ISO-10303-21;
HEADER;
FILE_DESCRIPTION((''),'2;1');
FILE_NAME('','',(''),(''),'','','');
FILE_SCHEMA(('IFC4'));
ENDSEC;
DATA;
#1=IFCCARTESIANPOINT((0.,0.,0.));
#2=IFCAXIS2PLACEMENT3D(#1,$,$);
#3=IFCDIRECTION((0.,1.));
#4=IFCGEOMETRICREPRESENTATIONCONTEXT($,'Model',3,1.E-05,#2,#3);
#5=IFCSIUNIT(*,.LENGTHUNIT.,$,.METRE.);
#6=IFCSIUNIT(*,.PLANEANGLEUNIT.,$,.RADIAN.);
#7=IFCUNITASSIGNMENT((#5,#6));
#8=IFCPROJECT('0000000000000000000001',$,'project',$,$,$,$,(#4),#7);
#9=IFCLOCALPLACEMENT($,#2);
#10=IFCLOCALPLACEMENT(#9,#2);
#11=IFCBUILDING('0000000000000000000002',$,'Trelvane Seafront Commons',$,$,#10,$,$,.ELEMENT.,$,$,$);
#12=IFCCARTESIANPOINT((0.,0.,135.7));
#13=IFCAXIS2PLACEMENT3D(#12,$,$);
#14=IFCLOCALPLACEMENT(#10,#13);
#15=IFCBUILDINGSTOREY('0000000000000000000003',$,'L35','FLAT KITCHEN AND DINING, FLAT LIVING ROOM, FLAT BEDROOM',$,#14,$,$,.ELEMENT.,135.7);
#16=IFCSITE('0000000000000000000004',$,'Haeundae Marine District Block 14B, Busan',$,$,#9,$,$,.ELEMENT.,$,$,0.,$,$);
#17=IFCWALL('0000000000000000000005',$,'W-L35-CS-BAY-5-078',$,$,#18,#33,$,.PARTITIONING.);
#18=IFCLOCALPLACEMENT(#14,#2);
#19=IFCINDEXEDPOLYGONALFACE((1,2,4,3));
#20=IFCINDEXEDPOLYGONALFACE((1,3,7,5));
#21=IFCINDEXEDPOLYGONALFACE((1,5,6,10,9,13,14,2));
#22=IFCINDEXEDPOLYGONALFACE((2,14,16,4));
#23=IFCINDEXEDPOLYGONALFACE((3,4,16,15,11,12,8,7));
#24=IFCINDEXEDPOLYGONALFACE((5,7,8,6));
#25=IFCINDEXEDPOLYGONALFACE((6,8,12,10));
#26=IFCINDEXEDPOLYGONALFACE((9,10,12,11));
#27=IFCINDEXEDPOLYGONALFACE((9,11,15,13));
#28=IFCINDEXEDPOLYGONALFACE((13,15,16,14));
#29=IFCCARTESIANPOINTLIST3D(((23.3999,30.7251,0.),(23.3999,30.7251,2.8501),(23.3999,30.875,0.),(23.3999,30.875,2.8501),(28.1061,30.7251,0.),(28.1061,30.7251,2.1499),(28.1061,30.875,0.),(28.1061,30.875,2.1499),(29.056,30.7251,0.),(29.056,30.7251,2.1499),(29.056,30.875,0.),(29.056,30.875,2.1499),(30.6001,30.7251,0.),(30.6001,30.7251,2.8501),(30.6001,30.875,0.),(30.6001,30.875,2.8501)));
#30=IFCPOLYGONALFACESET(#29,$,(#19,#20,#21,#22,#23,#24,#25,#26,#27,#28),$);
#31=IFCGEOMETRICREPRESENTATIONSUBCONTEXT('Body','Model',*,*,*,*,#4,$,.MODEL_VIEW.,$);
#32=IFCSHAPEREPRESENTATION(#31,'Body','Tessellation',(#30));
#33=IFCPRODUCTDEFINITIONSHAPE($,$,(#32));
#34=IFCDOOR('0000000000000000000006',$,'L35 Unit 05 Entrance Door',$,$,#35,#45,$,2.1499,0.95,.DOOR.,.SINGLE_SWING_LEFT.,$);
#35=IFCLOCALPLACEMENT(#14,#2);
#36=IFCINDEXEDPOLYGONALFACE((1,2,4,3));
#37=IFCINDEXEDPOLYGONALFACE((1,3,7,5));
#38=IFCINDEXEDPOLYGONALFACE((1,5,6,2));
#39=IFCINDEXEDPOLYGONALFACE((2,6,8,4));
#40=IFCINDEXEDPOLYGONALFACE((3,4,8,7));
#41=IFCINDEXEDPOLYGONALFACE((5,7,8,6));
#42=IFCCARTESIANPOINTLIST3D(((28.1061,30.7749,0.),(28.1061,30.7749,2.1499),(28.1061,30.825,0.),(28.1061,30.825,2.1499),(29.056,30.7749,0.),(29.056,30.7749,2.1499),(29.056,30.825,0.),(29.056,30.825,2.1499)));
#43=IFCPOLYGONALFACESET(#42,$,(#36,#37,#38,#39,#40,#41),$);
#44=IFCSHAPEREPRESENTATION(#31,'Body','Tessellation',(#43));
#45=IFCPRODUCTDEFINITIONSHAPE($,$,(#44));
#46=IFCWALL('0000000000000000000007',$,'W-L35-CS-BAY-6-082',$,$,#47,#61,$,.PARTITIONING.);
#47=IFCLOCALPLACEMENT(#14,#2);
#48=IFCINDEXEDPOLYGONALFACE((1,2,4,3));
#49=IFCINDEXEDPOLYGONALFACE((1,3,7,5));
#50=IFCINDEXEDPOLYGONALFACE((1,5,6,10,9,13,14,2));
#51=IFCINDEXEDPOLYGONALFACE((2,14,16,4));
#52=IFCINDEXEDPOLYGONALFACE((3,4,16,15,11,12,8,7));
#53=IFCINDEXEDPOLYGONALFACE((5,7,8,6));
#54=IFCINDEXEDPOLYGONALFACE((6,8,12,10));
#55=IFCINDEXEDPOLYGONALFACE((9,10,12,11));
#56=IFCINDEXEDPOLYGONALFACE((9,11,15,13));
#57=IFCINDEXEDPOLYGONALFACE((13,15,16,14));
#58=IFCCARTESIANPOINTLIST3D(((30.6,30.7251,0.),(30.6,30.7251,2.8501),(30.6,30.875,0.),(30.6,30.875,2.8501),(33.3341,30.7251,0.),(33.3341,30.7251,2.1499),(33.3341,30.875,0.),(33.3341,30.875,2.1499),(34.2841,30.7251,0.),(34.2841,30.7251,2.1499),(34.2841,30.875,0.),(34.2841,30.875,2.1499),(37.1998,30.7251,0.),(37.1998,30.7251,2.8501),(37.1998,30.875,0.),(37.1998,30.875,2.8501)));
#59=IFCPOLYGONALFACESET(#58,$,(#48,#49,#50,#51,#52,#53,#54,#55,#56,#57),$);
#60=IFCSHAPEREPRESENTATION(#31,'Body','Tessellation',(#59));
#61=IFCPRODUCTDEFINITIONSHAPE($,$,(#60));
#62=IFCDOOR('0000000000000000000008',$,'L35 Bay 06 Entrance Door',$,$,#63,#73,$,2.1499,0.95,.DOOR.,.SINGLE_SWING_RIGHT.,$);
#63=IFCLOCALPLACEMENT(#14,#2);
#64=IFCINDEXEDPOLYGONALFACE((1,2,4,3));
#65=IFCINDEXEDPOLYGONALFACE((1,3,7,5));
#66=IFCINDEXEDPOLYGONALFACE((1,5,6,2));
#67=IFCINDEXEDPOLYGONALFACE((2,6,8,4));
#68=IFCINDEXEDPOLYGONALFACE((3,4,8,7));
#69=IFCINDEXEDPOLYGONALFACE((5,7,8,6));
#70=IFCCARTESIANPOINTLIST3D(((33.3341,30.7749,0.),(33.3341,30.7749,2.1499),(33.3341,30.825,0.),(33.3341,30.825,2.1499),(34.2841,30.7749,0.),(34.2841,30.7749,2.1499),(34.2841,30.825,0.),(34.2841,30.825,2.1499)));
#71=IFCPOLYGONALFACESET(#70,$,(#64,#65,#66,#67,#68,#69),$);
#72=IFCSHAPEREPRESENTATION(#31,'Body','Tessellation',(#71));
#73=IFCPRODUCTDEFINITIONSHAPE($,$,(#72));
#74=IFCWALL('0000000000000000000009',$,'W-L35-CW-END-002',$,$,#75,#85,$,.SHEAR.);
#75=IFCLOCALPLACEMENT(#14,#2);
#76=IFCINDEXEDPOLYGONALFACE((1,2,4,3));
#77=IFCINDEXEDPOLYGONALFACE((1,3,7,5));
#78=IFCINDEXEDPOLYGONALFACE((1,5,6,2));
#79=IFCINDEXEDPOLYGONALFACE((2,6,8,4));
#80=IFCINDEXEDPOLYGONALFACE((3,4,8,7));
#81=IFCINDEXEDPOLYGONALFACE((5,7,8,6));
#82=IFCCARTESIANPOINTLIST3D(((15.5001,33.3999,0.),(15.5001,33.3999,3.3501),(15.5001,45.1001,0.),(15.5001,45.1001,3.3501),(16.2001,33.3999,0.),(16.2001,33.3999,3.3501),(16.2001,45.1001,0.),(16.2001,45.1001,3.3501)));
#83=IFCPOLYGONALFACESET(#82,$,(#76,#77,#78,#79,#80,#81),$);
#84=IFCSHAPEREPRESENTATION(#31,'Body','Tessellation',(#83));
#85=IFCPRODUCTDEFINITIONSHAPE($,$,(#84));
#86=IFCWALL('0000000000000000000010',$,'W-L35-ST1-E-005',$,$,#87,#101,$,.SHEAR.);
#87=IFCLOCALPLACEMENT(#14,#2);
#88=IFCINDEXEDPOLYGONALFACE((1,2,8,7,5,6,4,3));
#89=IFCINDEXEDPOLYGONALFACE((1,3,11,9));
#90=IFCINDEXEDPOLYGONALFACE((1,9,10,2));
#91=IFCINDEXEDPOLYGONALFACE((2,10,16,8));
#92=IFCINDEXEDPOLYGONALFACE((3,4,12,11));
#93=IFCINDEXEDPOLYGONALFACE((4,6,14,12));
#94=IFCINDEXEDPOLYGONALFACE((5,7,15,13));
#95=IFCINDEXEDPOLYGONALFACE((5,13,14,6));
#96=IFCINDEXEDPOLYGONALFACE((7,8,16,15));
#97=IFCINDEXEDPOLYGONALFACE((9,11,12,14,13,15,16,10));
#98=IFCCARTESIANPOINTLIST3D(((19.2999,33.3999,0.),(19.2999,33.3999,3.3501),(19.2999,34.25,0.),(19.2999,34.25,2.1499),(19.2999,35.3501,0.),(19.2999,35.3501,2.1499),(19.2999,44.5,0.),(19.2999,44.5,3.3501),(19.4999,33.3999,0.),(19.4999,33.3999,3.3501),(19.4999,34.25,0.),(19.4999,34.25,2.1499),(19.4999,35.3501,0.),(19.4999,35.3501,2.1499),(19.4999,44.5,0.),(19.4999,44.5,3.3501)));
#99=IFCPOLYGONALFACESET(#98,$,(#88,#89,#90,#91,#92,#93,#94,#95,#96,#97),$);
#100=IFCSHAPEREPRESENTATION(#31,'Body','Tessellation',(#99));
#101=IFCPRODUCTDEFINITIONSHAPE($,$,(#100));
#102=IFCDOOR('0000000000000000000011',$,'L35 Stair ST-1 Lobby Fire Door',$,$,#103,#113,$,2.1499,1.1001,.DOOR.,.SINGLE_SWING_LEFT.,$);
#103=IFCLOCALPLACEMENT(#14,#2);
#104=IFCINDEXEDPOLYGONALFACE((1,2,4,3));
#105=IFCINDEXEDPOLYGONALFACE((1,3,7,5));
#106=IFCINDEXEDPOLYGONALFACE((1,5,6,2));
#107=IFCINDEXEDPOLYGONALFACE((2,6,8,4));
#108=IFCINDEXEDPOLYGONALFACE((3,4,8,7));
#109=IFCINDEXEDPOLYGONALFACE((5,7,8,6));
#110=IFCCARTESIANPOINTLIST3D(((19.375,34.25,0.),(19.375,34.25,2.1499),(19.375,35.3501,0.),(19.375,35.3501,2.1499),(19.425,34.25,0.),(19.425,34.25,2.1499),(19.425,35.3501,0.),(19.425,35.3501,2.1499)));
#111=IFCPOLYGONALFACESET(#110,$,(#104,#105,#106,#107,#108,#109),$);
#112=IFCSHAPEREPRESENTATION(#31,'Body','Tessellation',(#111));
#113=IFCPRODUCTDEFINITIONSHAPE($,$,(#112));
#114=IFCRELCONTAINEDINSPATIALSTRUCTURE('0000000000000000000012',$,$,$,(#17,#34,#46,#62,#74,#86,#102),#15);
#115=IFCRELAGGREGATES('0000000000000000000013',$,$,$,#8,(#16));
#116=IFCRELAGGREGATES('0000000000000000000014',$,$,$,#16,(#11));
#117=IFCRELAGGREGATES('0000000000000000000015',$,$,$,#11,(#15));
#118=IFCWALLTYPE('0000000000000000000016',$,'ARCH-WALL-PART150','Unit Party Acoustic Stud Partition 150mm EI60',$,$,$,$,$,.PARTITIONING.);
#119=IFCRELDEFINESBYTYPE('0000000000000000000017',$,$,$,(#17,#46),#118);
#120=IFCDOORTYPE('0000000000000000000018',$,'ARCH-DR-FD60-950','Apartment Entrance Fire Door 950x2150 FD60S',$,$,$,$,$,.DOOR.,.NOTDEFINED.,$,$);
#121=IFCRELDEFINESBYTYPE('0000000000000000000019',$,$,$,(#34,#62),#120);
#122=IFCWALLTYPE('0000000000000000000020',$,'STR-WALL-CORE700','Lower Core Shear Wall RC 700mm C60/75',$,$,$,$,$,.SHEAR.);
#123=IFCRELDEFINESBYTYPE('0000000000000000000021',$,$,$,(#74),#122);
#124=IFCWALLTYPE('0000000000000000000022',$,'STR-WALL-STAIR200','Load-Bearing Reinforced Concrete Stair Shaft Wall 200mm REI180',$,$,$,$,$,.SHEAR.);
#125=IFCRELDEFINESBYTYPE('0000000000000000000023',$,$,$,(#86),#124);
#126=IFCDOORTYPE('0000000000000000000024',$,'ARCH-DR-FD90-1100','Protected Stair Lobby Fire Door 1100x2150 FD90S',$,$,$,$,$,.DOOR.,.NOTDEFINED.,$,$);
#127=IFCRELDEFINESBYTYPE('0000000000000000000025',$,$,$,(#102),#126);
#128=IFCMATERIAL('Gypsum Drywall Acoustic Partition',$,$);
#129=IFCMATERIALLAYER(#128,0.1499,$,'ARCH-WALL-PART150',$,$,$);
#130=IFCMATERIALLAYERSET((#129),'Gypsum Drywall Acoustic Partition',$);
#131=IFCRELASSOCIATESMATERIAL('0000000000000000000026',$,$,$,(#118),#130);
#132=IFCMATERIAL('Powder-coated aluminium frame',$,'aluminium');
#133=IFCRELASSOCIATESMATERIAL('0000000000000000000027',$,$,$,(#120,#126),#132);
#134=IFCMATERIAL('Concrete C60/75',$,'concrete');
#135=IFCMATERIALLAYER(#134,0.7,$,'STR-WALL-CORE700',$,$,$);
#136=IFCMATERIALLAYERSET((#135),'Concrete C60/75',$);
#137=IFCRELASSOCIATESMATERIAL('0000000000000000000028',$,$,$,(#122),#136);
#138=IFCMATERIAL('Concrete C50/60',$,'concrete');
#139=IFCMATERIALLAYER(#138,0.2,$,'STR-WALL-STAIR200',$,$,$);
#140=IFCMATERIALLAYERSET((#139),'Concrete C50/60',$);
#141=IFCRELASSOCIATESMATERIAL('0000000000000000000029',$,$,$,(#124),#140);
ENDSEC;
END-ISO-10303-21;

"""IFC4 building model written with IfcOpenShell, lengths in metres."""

from ifc_helpers import new_model, si_unit, direction, frame, frame_2d, origin, place, context, subcontext, project, spatial, rectangle, extrude, source, transform, mapped, material, layer, layer_set, type_object, element, fill, save


model = new_model("IFC4")

# Units and contexts
model_context = context("Model", 3, precision=1e-05, world=origin(), true_north=direction((0.0, 1.0)))
body_context = subcontext(model_context, "Body", "Model", "MODEL_VIEW")
ifc_project = project(units=[si_unit("LENGTHUNIT", "METRE"), si_unit("PLANEANGLEUNIT", "RADIAN")], contexts=[model_context])

# Site, building, storey
site_placement = place(None, origin())
site = spatial("IfcSite", under=ifc_project, at=site_placement, Name="Haeundae Marine District Block 14B, Busan", CompositionType="ELEMENT", RefElevation=0.0)
building_placement = place(site_placement, origin())
building = spatial("IfcBuilding", under=site, at=building_placement, Name="Trelvane Seafront Commons", CompositionType="ELEMENT")
storey_placement = place(building_placement, frame((0.0, 0.0, 135.7)))
storey = spatial("IfcBuildingStorey", under=building, at=storey_placement, Name="L35", Description="FLAT KITCHEN AND DINING, FLAT LIVING ROOM, FLAT BEDROOM", CompositionType="ELEMENT", Elevation=135.7)

# Shared definitions
ifc_material_1 = material(Name="Concrete C50/60", Category="concrete")

# Shared definitions
ifc_material_2 = material(Name="Powder-coated aluminium frame", Category="aluminium")
ifc_material_3 = material(Name="Gypsum Drywall Acoustic Partition")
shared_shape_1 = source(origin(), body_context, "Body", "SweptSolid", [
    extrude(rectangle(XDim=0.95, YDim=2.1499, at=frame_2d((0.4751, 1.075))), frame((0.0, 0.0249, 0.0), z_axis=(0.0, -1.0, 0.0), x_axis=(1.0, 0.0, 0.0)), (0.0, 0.0, 1.0), 0.05),
])

# Walls, openings, doors
ifc_layer_1 = layer(ifc_material_3, 0.1499, Name="ARCH-WALL-PART150")
ifc_layer_set_1 = layer_set([ifc_layer_1], Name="Gypsum Drywall Acoustic Partition")
wall_type_1 = type_object("IfcWallType", Name="ARCH-WALL-PART150", Description="Unit Party Acoustic Stud Partition 150mm EI60", PredefinedType="PARTITIONING", material=ifc_layer_set_1)
door_type_1 = type_object("IfcDoorType", Name="ARCH-DR-FD60-950", Description="Apartment Entrance Fire Door 950x2150 FD60S", OperationType="NOTDEFINED", PredefinedType="DOOR", material=ifc_material_2)
wall_1_placement = place(storey_placement, frame((23.3999, 30.8, 0.0), z_axis=(0.0, 0.0, 1.0), x_axis=(1.0, 0.0, 0.0)))
wall_1 = element("IfcWall", 1, at=wall_1_placement, inside=storey, type_object=wall_type_1, Name="W-L35-CS-BAY-5-078", PredefinedType="PARTITIONING", context=body_context, shape_type="SweptSolid", body=[
    extrude(rectangle(XDim=7.2002, YDim=0.1499, at=frame_2d((3.6001, 0.0))), origin(), (0.0, 0.0, 1.0), 2.8501),
])
opening_1_placement = place(wall_1_placement, frame((4.7061, 0.0, 0.0)))
opening_1 = element("IfcOpeningElement", 2, at=opening_1_placement, cuts=wall_1, PredefinedType="OPENING", context=body_context, shape_type="SweptSolid", body=[
    extrude(rectangle(XDim=0.95, YDim=2.1499, at=frame_2d((0.4751, 1.075))), frame((0.0, 0.085, 0.0), z_axis=(0.0, -1.0, 0.0), x_axis=(1.0, 0.0, 0.0)), (0.0, 0.0, 1.0), 0.1699),
])
door_1_placement = place(opening_1_placement, origin())
door_1 = element("IfcDoor", 3, at=door_1_placement, inside=storey, type_object=door_type_1, Name="L35 Unit 05 Entrance Door", OperationType="SINGLE_SWING_LEFT", OverallHeight=2.1499, OverallWidth=0.95, PredefinedType="DOOR", context=body_context, shape_type="MappedRepresentation", body=[
    mapped(shared_shape_1, transform((0.0, 0.0, 0.0), x_axis=(1.0, 0.0, 0.0), y_axis=(0.0, 1.0, 0.0), z_axis=(0.0, 0.0, 1.0), scale=1.0)),
])
fill(opening_1, door_1)
wall_2_placement = place(storey_placement, frame((30.6001, 30.8, 0.0), z_axis=(0.0, 0.0, 1.0), x_axis=(1.0, 0.0, 0.0)))
wall_2 = element("IfcWall", 4, at=wall_2_placement, inside=storey, type_object=wall_type_1, Name="W-L35-CS-BAY-6-082", PredefinedType="PARTITIONING", context=body_context, shape_type="SweptSolid", body=[
    extrude(rectangle(XDim=6.5999, YDim=0.1499, at=frame_2d((3.2998, 0.0))), origin(), (0.0, 0.0, 1.0), 2.8501),
])
opening_2_placement = place(wall_2_placement, frame((2.7339, 0.0, 0.0)))
opening_2 = element("IfcOpeningElement", 5, at=opening_2_placement, cuts=wall_2, PredefinedType="OPENING", context=body_context, shape_type="SweptSolid", body=[
    extrude(rectangle(XDim=0.95, YDim=2.1499, at=frame_2d((0.4751, 1.075))), frame((0.0, 0.085, 0.0), z_axis=(0.0, -1.0, 0.0), x_axis=(1.0, 0.0, 0.0)), (0.0, 0.0, 1.0), 0.1699),
])
door_2_placement = place(opening_2_placement, origin())
door_2 = element("IfcDoor", 6, at=door_2_placement, inside=storey, type_object=door_type_1, Name="L35 Bay 06 Entrance Door", OperationType="SINGLE_SWING_RIGHT", OverallHeight=2.1499, OverallWidth=0.95, PredefinedType="DOOR", context=body_context, shape_type="MappedRepresentation", body=[
    mapped(shared_shape_1, transform((0.0, 0.0, 0.0), x_axis=(1.0, 0.0, 0.0), y_axis=(0.0, 1.0, 0.0), z_axis=(0.0, 0.0, 1.0), scale=1.0)),
])
fill(opening_2, door_2)

# Wall
ifc_material_4 = material(Name="Concrete C60/75", Category="concrete")
ifc_layer_2 = layer(ifc_material_4, 0.7, Name="STR-WALL-CORE700")
ifc_layer_set_2 = layer_set([ifc_layer_2], Name="Concrete C60/75")
wall_type_2 = type_object("IfcWallType", Name="STR-WALL-CORE700", Description="Lower Core Shear Wall RC 700mm C60/75", PredefinedType="SHEAR", material=ifc_layer_set_2)
wall_3_placement = place(storey_placement, frame((15.8501, 33.3999, 0.0), z_axis=(0.0, 0.0, 1.0), x_axis=(0.0, 1.0, 0.0)))
element("IfcWall", 7, at=wall_3_placement, inside=storey, type_object=wall_type_2, Name="W-L35-CW-END-002", PredefinedType="SHEAR", context=body_context, shape_type="SweptSolid", body=[
    extrude(rectangle(XDim=11.7002, YDim=0.7, at=frame_2d((5.8501, 0.0))), origin(), (0.0, 0.0, 1.0), 3.3501),
])

# Wall, opening, door
ifc_layer_3 = layer(ifc_material_1, 0.2, Name="STR-WALL-STAIR200")
ifc_layer_set_3 = layer_set([ifc_layer_3], Name="Concrete C50/60")
wall_type_3 = type_object("IfcWallType", Name="STR-WALL-STAIR200", Description="Load-Bearing Reinforced Concrete Stair Shaft Wall 200mm REI180", PredefinedType="SHEAR", material=ifc_layer_set_3)
wall_4_placement = place(storey_placement, frame((19.3999, 33.3999, 0.0), z_axis=(0.0, 0.0, 1.0), x_axis=(0.0, 1.0, 0.0)))
wall_4 = element("IfcWall", 8, at=wall_4_placement, inside=storey, type_object=wall_type_3, Name="W-L35-ST1-E-005", PredefinedType="SHEAR", context=body_context, shape_type="SweptSolid", body=[
    extrude(rectangle(XDim=11.1001, YDim=0.2, at=frame_2d((5.55, 0.0))), origin(), (0.0, 0.0, 1.0), 3.3501),
])
opening_3_placement = place(wall_4_placement, frame((0.8501, 0.0, 0.0)))
opening_3 = element("IfcOpeningElement", 9, at=opening_3_placement, cuts=wall_4, PredefinedType="OPENING", context=body_context, shape_type="SweptSolid", body=[
    extrude(rectangle(XDim=1.1001, YDim=2.1499, at=frame_2d((0.55, 1.075))), frame((0.0, 0.1099, 0.0), z_axis=(0.0, -1.0, 0.0), x_axis=(1.0, 0.0, 0.0)), (0.0, 0.0, 1.0), 0.22),
])
door_type_2 = type_object("IfcDoorType", Name="ARCH-DR-FD90-1100", Description="Protected Stair Lobby Fire Door 1100x2150 FD90S", OperationType="NOTDEFINED", PredefinedType="DOOR", material=ifc_material_2)
shared_shape_2 = source(origin(), body_context, "Body", "SweptSolid", [
    extrude(rectangle(XDim=1.1001, YDim=2.1499, at=frame_2d((0.55, 1.075))), frame((0.0, 0.0249, 0.0), z_axis=(0.0, -1.0, 0.0), x_axis=(1.0, 0.0, 0.0)), (0.0, 0.0, 1.0), 0.05),
])
door_3_placement = place(opening_3_placement, origin())
door_3 = element("IfcDoor", 10, at=door_3_placement, inside=storey, type_object=door_type_2, Name="L35 Stair ST-1 Lobby Fire Door", OperationType="SINGLE_SWING_LEFT", OverallHeight=2.1499, OverallWidth=1.1001, PredefinedType="DOOR", context=body_context, shape_type="MappedRepresentation", body=[
    mapped(shared_shape_2, transform((0.0, 0.0, 0.0), x_axis=(1.0, 0.0, 0.0), y_axis=(0.0, 1.0, 0.0), z_axis=(0.0, 0.0, 1.0), scale=1.0)),
])
fill(opening_3, door_3)

save(model, "model.ifc")
